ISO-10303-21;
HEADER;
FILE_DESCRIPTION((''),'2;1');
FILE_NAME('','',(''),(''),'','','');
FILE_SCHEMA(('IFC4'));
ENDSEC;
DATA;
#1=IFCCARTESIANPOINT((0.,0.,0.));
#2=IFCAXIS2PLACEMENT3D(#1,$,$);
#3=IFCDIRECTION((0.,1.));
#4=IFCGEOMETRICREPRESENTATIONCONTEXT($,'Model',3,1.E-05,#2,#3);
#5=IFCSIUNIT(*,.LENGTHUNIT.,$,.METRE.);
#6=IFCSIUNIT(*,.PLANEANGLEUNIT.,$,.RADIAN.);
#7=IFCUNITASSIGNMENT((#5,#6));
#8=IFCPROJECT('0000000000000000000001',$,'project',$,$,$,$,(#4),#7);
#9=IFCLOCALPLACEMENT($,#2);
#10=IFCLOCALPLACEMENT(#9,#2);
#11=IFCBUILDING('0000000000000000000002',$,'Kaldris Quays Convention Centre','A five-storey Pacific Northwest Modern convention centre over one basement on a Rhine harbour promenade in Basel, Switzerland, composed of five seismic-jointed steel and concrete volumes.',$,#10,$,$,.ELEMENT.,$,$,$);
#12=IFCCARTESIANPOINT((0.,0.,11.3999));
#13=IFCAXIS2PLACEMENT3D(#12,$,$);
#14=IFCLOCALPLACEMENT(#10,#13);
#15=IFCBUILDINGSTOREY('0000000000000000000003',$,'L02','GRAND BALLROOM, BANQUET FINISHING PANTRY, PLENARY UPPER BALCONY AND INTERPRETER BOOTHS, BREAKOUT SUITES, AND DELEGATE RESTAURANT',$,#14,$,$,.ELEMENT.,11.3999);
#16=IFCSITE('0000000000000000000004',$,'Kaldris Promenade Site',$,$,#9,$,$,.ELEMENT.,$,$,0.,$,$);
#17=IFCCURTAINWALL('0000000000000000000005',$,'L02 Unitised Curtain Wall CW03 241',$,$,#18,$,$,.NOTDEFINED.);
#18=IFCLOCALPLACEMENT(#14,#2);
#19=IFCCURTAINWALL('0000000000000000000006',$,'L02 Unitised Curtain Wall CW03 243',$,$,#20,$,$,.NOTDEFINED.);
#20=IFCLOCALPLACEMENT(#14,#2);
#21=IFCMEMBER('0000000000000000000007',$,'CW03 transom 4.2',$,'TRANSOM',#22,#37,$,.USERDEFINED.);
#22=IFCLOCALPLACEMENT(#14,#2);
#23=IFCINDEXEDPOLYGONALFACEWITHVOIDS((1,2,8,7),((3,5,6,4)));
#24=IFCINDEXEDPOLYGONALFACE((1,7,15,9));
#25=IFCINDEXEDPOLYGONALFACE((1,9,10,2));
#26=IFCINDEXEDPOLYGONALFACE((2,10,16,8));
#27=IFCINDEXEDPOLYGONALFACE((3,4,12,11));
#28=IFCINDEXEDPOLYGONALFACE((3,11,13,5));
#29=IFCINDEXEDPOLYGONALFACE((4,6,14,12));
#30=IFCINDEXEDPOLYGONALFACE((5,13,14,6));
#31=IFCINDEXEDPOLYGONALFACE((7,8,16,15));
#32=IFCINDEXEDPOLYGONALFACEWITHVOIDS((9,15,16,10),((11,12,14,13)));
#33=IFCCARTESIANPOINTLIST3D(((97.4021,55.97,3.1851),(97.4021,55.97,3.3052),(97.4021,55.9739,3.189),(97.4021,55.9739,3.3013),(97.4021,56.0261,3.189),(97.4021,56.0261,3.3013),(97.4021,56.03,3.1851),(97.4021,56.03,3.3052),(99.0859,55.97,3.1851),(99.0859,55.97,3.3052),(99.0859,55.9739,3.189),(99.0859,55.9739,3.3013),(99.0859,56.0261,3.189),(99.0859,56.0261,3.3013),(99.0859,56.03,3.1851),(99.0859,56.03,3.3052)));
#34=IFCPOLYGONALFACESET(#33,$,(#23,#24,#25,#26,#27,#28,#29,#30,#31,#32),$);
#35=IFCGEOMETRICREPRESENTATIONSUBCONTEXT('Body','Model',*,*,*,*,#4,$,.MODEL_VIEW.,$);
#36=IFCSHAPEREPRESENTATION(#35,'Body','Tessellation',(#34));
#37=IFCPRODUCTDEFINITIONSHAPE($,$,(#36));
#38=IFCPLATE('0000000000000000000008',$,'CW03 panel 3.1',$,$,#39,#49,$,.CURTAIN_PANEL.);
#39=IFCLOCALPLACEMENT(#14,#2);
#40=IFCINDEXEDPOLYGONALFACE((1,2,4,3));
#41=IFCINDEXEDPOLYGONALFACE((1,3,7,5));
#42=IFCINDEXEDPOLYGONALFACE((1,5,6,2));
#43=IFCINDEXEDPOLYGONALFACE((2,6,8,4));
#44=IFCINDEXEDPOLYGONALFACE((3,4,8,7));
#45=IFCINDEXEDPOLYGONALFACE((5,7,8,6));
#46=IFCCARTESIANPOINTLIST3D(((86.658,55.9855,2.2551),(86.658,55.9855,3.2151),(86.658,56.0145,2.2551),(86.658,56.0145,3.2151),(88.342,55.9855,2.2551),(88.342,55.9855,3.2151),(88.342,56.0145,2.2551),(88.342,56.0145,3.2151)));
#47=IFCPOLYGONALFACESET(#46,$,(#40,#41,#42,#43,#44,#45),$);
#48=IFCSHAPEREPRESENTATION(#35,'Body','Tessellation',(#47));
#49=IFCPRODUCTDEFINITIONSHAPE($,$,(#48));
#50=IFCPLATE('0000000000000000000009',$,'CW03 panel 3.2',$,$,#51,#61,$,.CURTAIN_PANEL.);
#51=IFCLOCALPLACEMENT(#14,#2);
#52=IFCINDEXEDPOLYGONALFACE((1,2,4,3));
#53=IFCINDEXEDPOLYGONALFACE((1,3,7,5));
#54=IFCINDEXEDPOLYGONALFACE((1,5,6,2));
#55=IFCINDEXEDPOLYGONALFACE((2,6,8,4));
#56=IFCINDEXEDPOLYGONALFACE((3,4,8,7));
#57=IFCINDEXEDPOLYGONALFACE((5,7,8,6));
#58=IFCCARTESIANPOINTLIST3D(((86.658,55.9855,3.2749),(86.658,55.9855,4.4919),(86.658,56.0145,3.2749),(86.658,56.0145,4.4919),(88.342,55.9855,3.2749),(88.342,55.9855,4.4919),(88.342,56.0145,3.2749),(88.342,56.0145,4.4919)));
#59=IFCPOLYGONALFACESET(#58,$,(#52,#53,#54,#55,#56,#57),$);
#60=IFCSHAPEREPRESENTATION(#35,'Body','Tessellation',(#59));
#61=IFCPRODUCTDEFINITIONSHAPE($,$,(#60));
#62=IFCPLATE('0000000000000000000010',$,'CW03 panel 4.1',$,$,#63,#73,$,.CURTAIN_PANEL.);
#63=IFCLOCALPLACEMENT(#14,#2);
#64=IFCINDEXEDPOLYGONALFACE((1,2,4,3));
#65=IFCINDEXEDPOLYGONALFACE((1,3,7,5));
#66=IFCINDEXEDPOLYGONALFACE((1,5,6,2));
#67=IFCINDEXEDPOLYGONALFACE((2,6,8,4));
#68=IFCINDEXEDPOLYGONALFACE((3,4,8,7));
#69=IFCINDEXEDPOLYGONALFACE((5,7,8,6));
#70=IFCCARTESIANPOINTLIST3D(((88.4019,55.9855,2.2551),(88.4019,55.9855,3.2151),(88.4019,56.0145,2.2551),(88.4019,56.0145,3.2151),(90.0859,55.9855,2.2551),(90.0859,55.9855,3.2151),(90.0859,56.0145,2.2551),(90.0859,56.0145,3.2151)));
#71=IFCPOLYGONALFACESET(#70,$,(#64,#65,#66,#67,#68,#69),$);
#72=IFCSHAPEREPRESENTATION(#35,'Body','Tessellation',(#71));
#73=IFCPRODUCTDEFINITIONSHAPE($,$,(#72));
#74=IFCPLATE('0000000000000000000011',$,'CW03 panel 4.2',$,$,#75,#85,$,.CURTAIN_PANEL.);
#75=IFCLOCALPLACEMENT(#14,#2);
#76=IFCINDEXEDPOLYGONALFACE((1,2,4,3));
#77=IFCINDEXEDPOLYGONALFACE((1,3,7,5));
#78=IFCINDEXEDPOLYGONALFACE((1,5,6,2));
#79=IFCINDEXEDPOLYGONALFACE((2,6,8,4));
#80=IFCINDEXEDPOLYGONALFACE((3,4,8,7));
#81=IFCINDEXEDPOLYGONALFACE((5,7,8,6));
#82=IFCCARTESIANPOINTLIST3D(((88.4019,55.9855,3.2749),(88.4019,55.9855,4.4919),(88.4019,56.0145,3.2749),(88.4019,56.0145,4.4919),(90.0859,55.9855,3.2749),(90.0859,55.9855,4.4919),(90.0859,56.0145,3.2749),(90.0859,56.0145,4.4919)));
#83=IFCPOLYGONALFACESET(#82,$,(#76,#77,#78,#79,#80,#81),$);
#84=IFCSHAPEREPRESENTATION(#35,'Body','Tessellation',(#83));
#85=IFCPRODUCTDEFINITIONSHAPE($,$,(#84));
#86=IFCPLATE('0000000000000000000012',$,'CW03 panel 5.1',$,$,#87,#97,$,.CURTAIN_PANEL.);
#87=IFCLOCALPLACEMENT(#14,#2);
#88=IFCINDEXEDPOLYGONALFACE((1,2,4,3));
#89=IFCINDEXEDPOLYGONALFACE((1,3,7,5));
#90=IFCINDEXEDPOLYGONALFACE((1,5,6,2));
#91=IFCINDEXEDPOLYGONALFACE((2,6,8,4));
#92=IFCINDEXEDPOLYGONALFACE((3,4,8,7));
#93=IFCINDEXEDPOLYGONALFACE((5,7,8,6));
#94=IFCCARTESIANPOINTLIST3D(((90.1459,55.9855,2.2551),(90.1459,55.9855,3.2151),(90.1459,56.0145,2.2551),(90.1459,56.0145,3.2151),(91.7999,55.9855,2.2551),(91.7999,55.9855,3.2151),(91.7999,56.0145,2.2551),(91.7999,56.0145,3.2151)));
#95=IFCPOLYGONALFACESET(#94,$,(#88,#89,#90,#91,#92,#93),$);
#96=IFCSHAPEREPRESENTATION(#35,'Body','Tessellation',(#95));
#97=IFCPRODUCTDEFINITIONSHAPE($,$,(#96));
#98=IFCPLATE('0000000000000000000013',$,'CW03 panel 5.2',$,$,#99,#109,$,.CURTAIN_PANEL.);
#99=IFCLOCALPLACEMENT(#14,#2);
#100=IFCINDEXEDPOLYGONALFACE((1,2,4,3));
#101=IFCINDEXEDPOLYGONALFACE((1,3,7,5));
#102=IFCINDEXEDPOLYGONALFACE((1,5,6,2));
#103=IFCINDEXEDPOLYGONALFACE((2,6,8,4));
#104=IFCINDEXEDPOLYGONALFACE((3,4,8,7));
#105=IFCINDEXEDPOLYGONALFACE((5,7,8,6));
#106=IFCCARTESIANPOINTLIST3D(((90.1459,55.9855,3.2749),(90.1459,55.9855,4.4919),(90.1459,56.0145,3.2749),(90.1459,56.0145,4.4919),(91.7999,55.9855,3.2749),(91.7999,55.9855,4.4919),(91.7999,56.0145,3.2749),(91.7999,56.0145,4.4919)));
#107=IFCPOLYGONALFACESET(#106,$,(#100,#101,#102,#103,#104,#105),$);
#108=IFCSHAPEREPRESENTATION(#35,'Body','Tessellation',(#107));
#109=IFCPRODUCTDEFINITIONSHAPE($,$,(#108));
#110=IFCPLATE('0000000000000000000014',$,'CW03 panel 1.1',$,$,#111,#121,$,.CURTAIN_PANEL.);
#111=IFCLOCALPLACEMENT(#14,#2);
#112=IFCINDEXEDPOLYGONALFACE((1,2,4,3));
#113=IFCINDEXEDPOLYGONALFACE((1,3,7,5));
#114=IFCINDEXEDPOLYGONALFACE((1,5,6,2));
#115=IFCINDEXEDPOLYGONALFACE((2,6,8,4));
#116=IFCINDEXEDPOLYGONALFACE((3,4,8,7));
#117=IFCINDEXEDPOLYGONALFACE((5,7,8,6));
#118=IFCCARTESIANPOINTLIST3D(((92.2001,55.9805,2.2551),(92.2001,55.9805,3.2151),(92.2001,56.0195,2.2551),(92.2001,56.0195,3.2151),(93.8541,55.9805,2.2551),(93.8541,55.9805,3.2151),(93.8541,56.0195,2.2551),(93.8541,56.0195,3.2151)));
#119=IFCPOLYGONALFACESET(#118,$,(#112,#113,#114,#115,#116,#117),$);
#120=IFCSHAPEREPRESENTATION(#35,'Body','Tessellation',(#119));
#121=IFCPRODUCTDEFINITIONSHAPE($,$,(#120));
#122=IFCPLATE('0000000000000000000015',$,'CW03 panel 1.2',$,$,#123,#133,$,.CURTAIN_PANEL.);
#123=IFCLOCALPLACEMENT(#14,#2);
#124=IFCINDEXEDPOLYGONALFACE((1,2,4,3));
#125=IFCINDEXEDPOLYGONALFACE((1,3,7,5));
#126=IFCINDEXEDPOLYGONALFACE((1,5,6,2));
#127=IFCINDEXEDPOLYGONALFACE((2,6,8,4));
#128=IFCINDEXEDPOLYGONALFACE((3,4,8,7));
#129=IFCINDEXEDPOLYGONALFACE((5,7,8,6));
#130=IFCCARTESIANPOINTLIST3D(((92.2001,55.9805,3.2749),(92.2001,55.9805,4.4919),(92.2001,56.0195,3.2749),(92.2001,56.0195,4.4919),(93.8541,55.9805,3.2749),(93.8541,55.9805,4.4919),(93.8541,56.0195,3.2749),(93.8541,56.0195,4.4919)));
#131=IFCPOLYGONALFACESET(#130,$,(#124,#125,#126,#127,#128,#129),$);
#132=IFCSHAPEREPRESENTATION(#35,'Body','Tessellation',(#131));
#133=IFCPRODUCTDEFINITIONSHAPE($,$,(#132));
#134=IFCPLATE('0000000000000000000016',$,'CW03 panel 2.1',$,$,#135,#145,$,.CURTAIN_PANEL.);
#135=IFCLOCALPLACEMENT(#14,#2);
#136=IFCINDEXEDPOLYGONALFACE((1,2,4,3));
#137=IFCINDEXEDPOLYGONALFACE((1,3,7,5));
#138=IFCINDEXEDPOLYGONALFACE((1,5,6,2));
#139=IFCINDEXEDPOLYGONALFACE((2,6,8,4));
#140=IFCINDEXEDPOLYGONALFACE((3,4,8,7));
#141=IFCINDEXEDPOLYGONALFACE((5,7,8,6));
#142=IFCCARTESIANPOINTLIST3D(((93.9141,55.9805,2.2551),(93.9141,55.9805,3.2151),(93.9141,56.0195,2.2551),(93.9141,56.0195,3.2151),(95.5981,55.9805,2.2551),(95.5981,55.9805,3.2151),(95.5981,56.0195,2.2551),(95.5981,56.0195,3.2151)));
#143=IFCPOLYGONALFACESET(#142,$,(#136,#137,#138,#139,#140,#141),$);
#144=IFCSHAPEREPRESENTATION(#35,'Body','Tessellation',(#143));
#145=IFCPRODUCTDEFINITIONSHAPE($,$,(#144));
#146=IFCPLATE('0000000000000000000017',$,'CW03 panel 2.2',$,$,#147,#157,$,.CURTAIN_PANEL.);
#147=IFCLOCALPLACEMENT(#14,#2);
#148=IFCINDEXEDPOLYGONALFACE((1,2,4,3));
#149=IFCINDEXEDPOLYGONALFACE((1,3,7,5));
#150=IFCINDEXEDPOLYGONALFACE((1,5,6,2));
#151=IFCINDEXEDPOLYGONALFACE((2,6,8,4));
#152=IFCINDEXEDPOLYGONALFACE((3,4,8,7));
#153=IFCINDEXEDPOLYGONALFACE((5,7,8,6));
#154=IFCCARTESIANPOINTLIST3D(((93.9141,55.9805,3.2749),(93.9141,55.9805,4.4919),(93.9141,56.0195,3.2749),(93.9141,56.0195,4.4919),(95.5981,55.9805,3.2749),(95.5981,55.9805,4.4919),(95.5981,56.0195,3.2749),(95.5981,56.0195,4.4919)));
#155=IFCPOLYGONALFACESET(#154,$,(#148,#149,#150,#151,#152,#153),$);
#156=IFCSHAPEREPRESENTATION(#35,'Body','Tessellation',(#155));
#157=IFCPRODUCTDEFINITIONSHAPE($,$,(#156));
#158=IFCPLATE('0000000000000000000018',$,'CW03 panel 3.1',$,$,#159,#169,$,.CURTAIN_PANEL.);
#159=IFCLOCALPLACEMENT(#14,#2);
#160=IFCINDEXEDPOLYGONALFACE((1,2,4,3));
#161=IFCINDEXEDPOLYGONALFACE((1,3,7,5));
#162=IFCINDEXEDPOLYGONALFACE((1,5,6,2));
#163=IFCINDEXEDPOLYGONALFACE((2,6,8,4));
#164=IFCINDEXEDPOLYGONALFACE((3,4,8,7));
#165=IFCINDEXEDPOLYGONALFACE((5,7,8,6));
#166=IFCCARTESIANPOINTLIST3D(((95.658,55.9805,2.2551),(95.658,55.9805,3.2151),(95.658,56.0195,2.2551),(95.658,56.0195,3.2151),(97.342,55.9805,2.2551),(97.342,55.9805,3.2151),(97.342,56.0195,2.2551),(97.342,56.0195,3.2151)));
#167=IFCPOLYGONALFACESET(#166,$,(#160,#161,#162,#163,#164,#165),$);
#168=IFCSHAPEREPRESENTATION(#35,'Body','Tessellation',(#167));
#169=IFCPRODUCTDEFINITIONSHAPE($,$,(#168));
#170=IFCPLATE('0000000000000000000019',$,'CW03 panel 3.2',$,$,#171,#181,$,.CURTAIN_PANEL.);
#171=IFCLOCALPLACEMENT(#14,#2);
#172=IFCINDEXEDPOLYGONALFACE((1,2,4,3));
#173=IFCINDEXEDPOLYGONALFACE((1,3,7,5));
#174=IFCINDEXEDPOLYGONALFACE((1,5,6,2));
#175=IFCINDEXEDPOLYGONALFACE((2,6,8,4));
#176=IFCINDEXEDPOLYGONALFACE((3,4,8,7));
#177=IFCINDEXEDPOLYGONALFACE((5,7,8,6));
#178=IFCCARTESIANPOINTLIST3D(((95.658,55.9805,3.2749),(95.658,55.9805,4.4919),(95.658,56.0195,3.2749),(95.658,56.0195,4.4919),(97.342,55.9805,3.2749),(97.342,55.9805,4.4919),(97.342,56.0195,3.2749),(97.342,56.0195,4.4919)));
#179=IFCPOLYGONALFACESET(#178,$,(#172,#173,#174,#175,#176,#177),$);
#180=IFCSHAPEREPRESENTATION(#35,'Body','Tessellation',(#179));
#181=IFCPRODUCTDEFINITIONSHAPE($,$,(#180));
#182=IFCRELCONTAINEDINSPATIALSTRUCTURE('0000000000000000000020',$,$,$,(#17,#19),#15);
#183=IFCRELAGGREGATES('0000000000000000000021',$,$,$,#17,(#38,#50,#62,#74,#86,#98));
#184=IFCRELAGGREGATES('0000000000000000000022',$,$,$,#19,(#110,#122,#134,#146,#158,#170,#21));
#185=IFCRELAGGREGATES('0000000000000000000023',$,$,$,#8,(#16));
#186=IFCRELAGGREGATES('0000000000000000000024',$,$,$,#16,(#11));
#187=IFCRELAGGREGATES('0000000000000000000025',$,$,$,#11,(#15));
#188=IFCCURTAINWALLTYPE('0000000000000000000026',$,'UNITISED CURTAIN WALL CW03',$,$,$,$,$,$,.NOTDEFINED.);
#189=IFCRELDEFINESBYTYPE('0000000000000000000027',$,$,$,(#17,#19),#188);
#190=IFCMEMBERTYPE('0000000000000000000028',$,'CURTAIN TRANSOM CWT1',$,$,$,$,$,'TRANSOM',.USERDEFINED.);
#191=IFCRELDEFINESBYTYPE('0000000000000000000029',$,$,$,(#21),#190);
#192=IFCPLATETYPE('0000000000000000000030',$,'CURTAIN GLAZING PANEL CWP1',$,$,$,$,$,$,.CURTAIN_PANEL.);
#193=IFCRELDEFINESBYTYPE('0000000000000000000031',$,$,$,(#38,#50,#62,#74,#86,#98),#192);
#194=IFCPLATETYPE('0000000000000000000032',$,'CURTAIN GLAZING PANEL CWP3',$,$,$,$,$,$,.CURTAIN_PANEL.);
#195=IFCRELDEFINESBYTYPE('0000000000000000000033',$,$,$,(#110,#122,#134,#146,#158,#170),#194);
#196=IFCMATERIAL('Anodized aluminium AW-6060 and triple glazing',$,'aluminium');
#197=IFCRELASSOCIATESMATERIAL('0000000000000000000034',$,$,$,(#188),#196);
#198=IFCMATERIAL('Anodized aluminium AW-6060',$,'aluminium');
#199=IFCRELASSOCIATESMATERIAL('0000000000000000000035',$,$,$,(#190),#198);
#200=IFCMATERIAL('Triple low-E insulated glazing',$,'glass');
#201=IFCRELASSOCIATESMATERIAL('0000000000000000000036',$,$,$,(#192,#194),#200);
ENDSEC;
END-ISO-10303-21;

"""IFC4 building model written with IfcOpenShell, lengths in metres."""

from ifc_helpers import new_model, si_unit, direction, frame, origin, origin_2d, place, context, subcontext, project, spatial, rectangle, hollow_rectangle, extrude, material, material_profile, profile_set, type_object, element, aggregate, save


model = new_model("IFC4")

# Units and contexts
model_context = context("Model", 3, precision=1e-05, world=origin(), true_north=direction((0.0, 1.0)))
body_context = subcontext(model_context, "Body", "Model", "MODEL_VIEW")
ifc_project = project(units=[si_unit("LENGTHUNIT", "METRE"), si_unit("PLANEANGLEUNIT", "RADIAN")], contexts=[model_context])

# Site, building, storey
site_placement = place(None, origin())
site = spatial("IfcSite", under=ifc_project, at=site_placement, Name="Kaldris Promenade Site", CompositionType="ELEMENT", RefElevation=0.0)
building_placement = place(site_placement, origin())
building = spatial("IfcBuilding", under=site, at=building_placement, Name="Kaldris Quays Convention Centre", Description="A five-storey Pacific Northwest Modern convention centre over one basement on a Rhine harbour promenade in Basel, Switzerland, composed of five seismic-jointed steel and concrete volumes.", CompositionType="ELEMENT")
storey_placement = place(building_placement, frame((0.0, 0.0, 11.3999)))
storey = spatial("IfcBuildingStorey", under=building, at=storey_placement, Name="L02", Description="GRAND BALLROOM, BANQUET FINISHING PANTRY, PLENARY UPPER BALCONY AND INTERPRETER BOOTHS, BREAKOUT SUITES, AND DELEGATE RESTAURANT", CompositionType="ELEMENT", Elevation=11.3999)

# Curtain walls
ifc_material_1 = material(Name="Anodized aluminium AW-6060 and triple glazing", Category="aluminium")
curtain_wall_type = type_object("IfcCurtainWallType", Name="UNITISED CURTAIN WALL CW03", PredefinedType="NOTDEFINED", material=ifc_material_1)
curtain_wall_1_placement = place(storey_placement, origin())
curtain_wall_1 = element("IfcCurtainWall", 1, at=curtain_wall_1_placement, inside=storey, type_object=curtain_wall_type, Name="L02 Unitised Curtain Wall CW03 241", PredefinedType="NOTDEFINED")
ifc_material_2 = material(Name="Anodized aluminium AW-6060", Category="aluminium")
curtain_wall_2_placement = place(storey_placement, origin())
curtain_wall_2 = element("IfcCurtainWall", 2, at=curtain_wall_2_placement, inside=storey, type_object=curtain_wall_type, Name="L02 Unitised Curtain Wall CW03 243", PredefinedType="NOTDEFINED")

# Member
ifc_material_profile_1 = material_profile(ifc_material_2, hollow_rectangle(XDim=0.0601, YDim=0.1201, WallThickness=0.0039, at=origin_2d()), Name="RHS 120x60x4")
ifc_profile_set_1 = profile_set([ifc_material_profile_1], Name="Anodized aluminium AW-6060")
member_type_1 = type_object("IfcMemberType", Name="CURTAIN TRANSOM CWT1", ElementType="TRANSOM", PredefinedType="USERDEFINED", material=ifc_profile_set_1)
member_1_placement = place(storey_placement, frame((97.4021, 56.0, 3.2451), z_axis=(1.0, 0.0, 0.0), x_axis=(0.0, 1.0, 0.0)))
member_1 = element("IfcMember", 3, at=member_1_placement, type_object=member_type_1, Name="CW03 transom 4.2", ObjectType="TRANSOM", PredefinedType="USERDEFINED", context=body_context, shape_type="SweptSolid", body=[
    extrude(hollow_rectangle(XDim=0.0601, YDim=0.1201, WallThickness=0.0039, at=origin_2d()), origin(), (0.0, 0.0, 1.0), 1.6838),
])

# Plates
ifc_material_3 = material(Name="Triple low-E insulated glazing", Category="glass")
plate_type_1 = type_object("IfcPlateType", Name="CURTAIN GLAZING PANEL CWP1", PredefinedType="CURTAIN_PANEL", material=ifc_material_3)
plate_1_placement = place(storey_placement, frame((87.5, 56.0, 2.2551), z_axis=(0.0, 0.0, 1.0), x_axis=(1.0, 0.0, 0.0)))
plate_1 = element("IfcPlate", 4, at=plate_1_placement, type_object=plate_type_1, Name="CW03 panel 3.1", PredefinedType="CURTAIN_PANEL", context=body_context, shape_type="SweptSolid", body=[
    extrude(rectangle(XDim=1.6841, YDim=0.0291, at=origin_2d()), origin(), (0.0, 0.0, 1.0), 0.96),
])
plate_2_placement = place(storey_placement, frame((87.5, 56.0, 3.2749), z_axis=(0.0, 0.0, 1.0), x_axis=(1.0, 0.0, 0.0)))
plate_2 = element("IfcPlate", 5, at=plate_2_placement, type_object=plate_type_1, Name="CW03 panel 3.2", PredefinedType="CURTAIN_PANEL", context=body_context, shape_type="SweptSolid", body=[
    extrude(rectangle(XDim=1.6841, YDim=0.0291, at=origin_2d()), origin(), (0.0, 0.0, 1.0), 1.217),
])
plate_3_placement = place(storey_placement, frame((89.2439, 56.0, 2.2551), z_axis=(0.0, 0.0, 1.0), x_axis=(1.0, 0.0, 0.0)))
plate_3 = element("IfcPlate", 6, at=plate_3_placement, type_object=plate_type_1, Name="CW03 panel 4.1", PredefinedType="CURTAIN_PANEL", context=body_context, shape_type="SweptSolid", body=[
    extrude(rectangle(XDim=1.6841, YDim=0.0291, at=origin_2d()), origin(), (0.0, 0.0, 1.0), 0.96),
])
plate_4_placement = place(storey_placement, frame((89.2439, 56.0, 3.2749), z_axis=(0.0, 0.0, 1.0), x_axis=(1.0, 0.0, 0.0)))
plate_4 = element("IfcPlate", 7, at=plate_4_placement, type_object=plate_type_1, Name="CW03 panel 4.2", PredefinedType="CURTAIN_PANEL", context=body_context, shape_type="SweptSolid", body=[
    extrude(rectangle(XDim=1.6841, YDim=0.0291, at=origin_2d()), origin(), (0.0, 0.0, 1.0), 1.217),
])
plate_5_placement = place(storey_placement, frame((90.9729, 56.0, 2.2551), z_axis=(0.0, 0.0, 1.0), x_axis=(1.0, 0.0, 0.0)))
plate_5 = element("IfcPlate", 8, at=plate_5_placement, type_object=plate_type_1, Name="CW03 panel 5.1", PredefinedType="CURTAIN_PANEL", context=body_context, shape_type="SweptSolid", body=[
    extrude(rectangle(XDim=1.6541, YDim=0.0291, at=origin_2d()), origin(), (0.0, 0.0, 1.0), 0.96),
])
plate_6_placement = place(storey_placement, frame((90.9729, 56.0, 3.2749), z_axis=(0.0, 0.0, 1.0), x_axis=(1.0, 0.0, 0.0)))
plate_6 = element("IfcPlate", 9, at=plate_6_placement, type_object=plate_type_1, Name="CW03 panel 5.2", PredefinedType="CURTAIN_PANEL", context=body_context, shape_type="SweptSolid", body=[
    extrude(rectangle(XDim=1.6541, YDim=0.0291, at=origin_2d()), origin(), (0.0, 0.0, 1.0), 1.217),
])
aggregate(curtain_wall_1, [plate_1, plate_2, plate_3, plate_4, plate_5, plate_6])
plate_type_2 = type_object("IfcPlateType", Name="CURTAIN GLAZING PANEL CWP3", PredefinedType="CURTAIN_PANEL", material=ifc_material_3)
plate_7_placement = place(storey_placement, frame((93.0271, 56.0, 2.2551), z_axis=(0.0, 0.0, 1.0), x_axis=(1.0, 0.0, 0.0)))
plate_7 = element("IfcPlate", 10, at=plate_7_placement, type_object=plate_type_2, Name="CW03 panel 1.1", PredefinedType="CURTAIN_PANEL", context=body_context, shape_type="SweptSolid", body=[
    extrude(rectangle(XDim=1.6541, YDim=0.0391, at=origin_2d()), origin(), (0.0, 0.0, 1.0), 0.96),
])
plate_8_placement = place(storey_placement, frame((93.0271, 56.0, 3.2749), z_axis=(0.0, 0.0, 1.0), x_axis=(1.0, 0.0, 0.0)))
plate_8 = element("IfcPlate", 11, at=plate_8_placement, type_object=plate_type_2, Name="CW03 panel 1.2", PredefinedType="CURTAIN_PANEL", context=body_context, shape_type="SweptSolid", body=[
    extrude(rectangle(XDim=1.6541, YDim=0.0391, at=origin_2d()), origin(), (0.0, 0.0, 1.0), 1.217),
])
plate_9_placement = place(storey_placement, frame((94.7561, 56.0, 2.2551), z_axis=(0.0, 0.0, 1.0), x_axis=(1.0, 0.0, 0.0)))
plate_9 = element("IfcPlate", 12, at=plate_9_placement, type_object=plate_type_2, Name="CW03 panel 2.1", PredefinedType="CURTAIN_PANEL", context=body_context, shape_type="SweptSolid", body=[
    extrude(rectangle(XDim=1.6841, YDim=0.0391, at=origin_2d()), origin(), (0.0, 0.0, 1.0), 0.96),
])
plate_10_placement = place(storey_placement, frame((94.7561, 56.0, 3.2749), z_axis=(0.0, 0.0, 1.0), x_axis=(1.0, 0.0, 0.0)))
plate_10 = element("IfcPlate", 13, at=plate_10_placement, type_object=plate_type_2, Name="CW03 panel 2.2", PredefinedType="CURTAIN_PANEL", context=body_context, shape_type="SweptSolid", body=[
    extrude(rectangle(XDim=1.6841, YDim=0.0391, at=origin_2d()), origin(), (0.0, 0.0, 1.0), 1.217),
])
plate_11_placement = place(storey_placement, frame((96.5, 56.0, 2.2551), z_axis=(0.0, 0.0, 1.0), x_axis=(1.0, 0.0, 0.0)))
plate_11 = element("IfcPlate", 14, at=plate_11_placement, type_object=plate_type_2, Name="CW03 panel 3.1", PredefinedType="CURTAIN_PANEL", context=body_context, shape_type="SweptSolid", body=[
    extrude(rectangle(XDim=1.6841, YDim=0.0391, at=origin_2d()), origin(), (0.0, 0.0, 1.0), 0.96),
])
plate_12_placement = place(storey_placement, frame((96.5, 56.0, 3.2749), z_axis=(0.0, 0.0, 1.0), x_axis=(1.0, 0.0, 0.0)))
plate_12 = element("IfcPlate", 15, at=plate_12_placement, type_object=plate_type_2, Name="CW03 panel 3.2", PredefinedType="CURTAIN_PANEL", context=body_context, shape_type="SweptSolid", body=[
    extrude(rectangle(XDim=1.6841, YDim=0.0391, at=origin_2d()), origin(), (0.0, 0.0, 1.0), 1.217),
])
aggregate(curtain_wall_2, [plate_7, plate_8, plate_9, plate_10, plate_11, plate_12, member_1])

save(model, "model.ifc")
